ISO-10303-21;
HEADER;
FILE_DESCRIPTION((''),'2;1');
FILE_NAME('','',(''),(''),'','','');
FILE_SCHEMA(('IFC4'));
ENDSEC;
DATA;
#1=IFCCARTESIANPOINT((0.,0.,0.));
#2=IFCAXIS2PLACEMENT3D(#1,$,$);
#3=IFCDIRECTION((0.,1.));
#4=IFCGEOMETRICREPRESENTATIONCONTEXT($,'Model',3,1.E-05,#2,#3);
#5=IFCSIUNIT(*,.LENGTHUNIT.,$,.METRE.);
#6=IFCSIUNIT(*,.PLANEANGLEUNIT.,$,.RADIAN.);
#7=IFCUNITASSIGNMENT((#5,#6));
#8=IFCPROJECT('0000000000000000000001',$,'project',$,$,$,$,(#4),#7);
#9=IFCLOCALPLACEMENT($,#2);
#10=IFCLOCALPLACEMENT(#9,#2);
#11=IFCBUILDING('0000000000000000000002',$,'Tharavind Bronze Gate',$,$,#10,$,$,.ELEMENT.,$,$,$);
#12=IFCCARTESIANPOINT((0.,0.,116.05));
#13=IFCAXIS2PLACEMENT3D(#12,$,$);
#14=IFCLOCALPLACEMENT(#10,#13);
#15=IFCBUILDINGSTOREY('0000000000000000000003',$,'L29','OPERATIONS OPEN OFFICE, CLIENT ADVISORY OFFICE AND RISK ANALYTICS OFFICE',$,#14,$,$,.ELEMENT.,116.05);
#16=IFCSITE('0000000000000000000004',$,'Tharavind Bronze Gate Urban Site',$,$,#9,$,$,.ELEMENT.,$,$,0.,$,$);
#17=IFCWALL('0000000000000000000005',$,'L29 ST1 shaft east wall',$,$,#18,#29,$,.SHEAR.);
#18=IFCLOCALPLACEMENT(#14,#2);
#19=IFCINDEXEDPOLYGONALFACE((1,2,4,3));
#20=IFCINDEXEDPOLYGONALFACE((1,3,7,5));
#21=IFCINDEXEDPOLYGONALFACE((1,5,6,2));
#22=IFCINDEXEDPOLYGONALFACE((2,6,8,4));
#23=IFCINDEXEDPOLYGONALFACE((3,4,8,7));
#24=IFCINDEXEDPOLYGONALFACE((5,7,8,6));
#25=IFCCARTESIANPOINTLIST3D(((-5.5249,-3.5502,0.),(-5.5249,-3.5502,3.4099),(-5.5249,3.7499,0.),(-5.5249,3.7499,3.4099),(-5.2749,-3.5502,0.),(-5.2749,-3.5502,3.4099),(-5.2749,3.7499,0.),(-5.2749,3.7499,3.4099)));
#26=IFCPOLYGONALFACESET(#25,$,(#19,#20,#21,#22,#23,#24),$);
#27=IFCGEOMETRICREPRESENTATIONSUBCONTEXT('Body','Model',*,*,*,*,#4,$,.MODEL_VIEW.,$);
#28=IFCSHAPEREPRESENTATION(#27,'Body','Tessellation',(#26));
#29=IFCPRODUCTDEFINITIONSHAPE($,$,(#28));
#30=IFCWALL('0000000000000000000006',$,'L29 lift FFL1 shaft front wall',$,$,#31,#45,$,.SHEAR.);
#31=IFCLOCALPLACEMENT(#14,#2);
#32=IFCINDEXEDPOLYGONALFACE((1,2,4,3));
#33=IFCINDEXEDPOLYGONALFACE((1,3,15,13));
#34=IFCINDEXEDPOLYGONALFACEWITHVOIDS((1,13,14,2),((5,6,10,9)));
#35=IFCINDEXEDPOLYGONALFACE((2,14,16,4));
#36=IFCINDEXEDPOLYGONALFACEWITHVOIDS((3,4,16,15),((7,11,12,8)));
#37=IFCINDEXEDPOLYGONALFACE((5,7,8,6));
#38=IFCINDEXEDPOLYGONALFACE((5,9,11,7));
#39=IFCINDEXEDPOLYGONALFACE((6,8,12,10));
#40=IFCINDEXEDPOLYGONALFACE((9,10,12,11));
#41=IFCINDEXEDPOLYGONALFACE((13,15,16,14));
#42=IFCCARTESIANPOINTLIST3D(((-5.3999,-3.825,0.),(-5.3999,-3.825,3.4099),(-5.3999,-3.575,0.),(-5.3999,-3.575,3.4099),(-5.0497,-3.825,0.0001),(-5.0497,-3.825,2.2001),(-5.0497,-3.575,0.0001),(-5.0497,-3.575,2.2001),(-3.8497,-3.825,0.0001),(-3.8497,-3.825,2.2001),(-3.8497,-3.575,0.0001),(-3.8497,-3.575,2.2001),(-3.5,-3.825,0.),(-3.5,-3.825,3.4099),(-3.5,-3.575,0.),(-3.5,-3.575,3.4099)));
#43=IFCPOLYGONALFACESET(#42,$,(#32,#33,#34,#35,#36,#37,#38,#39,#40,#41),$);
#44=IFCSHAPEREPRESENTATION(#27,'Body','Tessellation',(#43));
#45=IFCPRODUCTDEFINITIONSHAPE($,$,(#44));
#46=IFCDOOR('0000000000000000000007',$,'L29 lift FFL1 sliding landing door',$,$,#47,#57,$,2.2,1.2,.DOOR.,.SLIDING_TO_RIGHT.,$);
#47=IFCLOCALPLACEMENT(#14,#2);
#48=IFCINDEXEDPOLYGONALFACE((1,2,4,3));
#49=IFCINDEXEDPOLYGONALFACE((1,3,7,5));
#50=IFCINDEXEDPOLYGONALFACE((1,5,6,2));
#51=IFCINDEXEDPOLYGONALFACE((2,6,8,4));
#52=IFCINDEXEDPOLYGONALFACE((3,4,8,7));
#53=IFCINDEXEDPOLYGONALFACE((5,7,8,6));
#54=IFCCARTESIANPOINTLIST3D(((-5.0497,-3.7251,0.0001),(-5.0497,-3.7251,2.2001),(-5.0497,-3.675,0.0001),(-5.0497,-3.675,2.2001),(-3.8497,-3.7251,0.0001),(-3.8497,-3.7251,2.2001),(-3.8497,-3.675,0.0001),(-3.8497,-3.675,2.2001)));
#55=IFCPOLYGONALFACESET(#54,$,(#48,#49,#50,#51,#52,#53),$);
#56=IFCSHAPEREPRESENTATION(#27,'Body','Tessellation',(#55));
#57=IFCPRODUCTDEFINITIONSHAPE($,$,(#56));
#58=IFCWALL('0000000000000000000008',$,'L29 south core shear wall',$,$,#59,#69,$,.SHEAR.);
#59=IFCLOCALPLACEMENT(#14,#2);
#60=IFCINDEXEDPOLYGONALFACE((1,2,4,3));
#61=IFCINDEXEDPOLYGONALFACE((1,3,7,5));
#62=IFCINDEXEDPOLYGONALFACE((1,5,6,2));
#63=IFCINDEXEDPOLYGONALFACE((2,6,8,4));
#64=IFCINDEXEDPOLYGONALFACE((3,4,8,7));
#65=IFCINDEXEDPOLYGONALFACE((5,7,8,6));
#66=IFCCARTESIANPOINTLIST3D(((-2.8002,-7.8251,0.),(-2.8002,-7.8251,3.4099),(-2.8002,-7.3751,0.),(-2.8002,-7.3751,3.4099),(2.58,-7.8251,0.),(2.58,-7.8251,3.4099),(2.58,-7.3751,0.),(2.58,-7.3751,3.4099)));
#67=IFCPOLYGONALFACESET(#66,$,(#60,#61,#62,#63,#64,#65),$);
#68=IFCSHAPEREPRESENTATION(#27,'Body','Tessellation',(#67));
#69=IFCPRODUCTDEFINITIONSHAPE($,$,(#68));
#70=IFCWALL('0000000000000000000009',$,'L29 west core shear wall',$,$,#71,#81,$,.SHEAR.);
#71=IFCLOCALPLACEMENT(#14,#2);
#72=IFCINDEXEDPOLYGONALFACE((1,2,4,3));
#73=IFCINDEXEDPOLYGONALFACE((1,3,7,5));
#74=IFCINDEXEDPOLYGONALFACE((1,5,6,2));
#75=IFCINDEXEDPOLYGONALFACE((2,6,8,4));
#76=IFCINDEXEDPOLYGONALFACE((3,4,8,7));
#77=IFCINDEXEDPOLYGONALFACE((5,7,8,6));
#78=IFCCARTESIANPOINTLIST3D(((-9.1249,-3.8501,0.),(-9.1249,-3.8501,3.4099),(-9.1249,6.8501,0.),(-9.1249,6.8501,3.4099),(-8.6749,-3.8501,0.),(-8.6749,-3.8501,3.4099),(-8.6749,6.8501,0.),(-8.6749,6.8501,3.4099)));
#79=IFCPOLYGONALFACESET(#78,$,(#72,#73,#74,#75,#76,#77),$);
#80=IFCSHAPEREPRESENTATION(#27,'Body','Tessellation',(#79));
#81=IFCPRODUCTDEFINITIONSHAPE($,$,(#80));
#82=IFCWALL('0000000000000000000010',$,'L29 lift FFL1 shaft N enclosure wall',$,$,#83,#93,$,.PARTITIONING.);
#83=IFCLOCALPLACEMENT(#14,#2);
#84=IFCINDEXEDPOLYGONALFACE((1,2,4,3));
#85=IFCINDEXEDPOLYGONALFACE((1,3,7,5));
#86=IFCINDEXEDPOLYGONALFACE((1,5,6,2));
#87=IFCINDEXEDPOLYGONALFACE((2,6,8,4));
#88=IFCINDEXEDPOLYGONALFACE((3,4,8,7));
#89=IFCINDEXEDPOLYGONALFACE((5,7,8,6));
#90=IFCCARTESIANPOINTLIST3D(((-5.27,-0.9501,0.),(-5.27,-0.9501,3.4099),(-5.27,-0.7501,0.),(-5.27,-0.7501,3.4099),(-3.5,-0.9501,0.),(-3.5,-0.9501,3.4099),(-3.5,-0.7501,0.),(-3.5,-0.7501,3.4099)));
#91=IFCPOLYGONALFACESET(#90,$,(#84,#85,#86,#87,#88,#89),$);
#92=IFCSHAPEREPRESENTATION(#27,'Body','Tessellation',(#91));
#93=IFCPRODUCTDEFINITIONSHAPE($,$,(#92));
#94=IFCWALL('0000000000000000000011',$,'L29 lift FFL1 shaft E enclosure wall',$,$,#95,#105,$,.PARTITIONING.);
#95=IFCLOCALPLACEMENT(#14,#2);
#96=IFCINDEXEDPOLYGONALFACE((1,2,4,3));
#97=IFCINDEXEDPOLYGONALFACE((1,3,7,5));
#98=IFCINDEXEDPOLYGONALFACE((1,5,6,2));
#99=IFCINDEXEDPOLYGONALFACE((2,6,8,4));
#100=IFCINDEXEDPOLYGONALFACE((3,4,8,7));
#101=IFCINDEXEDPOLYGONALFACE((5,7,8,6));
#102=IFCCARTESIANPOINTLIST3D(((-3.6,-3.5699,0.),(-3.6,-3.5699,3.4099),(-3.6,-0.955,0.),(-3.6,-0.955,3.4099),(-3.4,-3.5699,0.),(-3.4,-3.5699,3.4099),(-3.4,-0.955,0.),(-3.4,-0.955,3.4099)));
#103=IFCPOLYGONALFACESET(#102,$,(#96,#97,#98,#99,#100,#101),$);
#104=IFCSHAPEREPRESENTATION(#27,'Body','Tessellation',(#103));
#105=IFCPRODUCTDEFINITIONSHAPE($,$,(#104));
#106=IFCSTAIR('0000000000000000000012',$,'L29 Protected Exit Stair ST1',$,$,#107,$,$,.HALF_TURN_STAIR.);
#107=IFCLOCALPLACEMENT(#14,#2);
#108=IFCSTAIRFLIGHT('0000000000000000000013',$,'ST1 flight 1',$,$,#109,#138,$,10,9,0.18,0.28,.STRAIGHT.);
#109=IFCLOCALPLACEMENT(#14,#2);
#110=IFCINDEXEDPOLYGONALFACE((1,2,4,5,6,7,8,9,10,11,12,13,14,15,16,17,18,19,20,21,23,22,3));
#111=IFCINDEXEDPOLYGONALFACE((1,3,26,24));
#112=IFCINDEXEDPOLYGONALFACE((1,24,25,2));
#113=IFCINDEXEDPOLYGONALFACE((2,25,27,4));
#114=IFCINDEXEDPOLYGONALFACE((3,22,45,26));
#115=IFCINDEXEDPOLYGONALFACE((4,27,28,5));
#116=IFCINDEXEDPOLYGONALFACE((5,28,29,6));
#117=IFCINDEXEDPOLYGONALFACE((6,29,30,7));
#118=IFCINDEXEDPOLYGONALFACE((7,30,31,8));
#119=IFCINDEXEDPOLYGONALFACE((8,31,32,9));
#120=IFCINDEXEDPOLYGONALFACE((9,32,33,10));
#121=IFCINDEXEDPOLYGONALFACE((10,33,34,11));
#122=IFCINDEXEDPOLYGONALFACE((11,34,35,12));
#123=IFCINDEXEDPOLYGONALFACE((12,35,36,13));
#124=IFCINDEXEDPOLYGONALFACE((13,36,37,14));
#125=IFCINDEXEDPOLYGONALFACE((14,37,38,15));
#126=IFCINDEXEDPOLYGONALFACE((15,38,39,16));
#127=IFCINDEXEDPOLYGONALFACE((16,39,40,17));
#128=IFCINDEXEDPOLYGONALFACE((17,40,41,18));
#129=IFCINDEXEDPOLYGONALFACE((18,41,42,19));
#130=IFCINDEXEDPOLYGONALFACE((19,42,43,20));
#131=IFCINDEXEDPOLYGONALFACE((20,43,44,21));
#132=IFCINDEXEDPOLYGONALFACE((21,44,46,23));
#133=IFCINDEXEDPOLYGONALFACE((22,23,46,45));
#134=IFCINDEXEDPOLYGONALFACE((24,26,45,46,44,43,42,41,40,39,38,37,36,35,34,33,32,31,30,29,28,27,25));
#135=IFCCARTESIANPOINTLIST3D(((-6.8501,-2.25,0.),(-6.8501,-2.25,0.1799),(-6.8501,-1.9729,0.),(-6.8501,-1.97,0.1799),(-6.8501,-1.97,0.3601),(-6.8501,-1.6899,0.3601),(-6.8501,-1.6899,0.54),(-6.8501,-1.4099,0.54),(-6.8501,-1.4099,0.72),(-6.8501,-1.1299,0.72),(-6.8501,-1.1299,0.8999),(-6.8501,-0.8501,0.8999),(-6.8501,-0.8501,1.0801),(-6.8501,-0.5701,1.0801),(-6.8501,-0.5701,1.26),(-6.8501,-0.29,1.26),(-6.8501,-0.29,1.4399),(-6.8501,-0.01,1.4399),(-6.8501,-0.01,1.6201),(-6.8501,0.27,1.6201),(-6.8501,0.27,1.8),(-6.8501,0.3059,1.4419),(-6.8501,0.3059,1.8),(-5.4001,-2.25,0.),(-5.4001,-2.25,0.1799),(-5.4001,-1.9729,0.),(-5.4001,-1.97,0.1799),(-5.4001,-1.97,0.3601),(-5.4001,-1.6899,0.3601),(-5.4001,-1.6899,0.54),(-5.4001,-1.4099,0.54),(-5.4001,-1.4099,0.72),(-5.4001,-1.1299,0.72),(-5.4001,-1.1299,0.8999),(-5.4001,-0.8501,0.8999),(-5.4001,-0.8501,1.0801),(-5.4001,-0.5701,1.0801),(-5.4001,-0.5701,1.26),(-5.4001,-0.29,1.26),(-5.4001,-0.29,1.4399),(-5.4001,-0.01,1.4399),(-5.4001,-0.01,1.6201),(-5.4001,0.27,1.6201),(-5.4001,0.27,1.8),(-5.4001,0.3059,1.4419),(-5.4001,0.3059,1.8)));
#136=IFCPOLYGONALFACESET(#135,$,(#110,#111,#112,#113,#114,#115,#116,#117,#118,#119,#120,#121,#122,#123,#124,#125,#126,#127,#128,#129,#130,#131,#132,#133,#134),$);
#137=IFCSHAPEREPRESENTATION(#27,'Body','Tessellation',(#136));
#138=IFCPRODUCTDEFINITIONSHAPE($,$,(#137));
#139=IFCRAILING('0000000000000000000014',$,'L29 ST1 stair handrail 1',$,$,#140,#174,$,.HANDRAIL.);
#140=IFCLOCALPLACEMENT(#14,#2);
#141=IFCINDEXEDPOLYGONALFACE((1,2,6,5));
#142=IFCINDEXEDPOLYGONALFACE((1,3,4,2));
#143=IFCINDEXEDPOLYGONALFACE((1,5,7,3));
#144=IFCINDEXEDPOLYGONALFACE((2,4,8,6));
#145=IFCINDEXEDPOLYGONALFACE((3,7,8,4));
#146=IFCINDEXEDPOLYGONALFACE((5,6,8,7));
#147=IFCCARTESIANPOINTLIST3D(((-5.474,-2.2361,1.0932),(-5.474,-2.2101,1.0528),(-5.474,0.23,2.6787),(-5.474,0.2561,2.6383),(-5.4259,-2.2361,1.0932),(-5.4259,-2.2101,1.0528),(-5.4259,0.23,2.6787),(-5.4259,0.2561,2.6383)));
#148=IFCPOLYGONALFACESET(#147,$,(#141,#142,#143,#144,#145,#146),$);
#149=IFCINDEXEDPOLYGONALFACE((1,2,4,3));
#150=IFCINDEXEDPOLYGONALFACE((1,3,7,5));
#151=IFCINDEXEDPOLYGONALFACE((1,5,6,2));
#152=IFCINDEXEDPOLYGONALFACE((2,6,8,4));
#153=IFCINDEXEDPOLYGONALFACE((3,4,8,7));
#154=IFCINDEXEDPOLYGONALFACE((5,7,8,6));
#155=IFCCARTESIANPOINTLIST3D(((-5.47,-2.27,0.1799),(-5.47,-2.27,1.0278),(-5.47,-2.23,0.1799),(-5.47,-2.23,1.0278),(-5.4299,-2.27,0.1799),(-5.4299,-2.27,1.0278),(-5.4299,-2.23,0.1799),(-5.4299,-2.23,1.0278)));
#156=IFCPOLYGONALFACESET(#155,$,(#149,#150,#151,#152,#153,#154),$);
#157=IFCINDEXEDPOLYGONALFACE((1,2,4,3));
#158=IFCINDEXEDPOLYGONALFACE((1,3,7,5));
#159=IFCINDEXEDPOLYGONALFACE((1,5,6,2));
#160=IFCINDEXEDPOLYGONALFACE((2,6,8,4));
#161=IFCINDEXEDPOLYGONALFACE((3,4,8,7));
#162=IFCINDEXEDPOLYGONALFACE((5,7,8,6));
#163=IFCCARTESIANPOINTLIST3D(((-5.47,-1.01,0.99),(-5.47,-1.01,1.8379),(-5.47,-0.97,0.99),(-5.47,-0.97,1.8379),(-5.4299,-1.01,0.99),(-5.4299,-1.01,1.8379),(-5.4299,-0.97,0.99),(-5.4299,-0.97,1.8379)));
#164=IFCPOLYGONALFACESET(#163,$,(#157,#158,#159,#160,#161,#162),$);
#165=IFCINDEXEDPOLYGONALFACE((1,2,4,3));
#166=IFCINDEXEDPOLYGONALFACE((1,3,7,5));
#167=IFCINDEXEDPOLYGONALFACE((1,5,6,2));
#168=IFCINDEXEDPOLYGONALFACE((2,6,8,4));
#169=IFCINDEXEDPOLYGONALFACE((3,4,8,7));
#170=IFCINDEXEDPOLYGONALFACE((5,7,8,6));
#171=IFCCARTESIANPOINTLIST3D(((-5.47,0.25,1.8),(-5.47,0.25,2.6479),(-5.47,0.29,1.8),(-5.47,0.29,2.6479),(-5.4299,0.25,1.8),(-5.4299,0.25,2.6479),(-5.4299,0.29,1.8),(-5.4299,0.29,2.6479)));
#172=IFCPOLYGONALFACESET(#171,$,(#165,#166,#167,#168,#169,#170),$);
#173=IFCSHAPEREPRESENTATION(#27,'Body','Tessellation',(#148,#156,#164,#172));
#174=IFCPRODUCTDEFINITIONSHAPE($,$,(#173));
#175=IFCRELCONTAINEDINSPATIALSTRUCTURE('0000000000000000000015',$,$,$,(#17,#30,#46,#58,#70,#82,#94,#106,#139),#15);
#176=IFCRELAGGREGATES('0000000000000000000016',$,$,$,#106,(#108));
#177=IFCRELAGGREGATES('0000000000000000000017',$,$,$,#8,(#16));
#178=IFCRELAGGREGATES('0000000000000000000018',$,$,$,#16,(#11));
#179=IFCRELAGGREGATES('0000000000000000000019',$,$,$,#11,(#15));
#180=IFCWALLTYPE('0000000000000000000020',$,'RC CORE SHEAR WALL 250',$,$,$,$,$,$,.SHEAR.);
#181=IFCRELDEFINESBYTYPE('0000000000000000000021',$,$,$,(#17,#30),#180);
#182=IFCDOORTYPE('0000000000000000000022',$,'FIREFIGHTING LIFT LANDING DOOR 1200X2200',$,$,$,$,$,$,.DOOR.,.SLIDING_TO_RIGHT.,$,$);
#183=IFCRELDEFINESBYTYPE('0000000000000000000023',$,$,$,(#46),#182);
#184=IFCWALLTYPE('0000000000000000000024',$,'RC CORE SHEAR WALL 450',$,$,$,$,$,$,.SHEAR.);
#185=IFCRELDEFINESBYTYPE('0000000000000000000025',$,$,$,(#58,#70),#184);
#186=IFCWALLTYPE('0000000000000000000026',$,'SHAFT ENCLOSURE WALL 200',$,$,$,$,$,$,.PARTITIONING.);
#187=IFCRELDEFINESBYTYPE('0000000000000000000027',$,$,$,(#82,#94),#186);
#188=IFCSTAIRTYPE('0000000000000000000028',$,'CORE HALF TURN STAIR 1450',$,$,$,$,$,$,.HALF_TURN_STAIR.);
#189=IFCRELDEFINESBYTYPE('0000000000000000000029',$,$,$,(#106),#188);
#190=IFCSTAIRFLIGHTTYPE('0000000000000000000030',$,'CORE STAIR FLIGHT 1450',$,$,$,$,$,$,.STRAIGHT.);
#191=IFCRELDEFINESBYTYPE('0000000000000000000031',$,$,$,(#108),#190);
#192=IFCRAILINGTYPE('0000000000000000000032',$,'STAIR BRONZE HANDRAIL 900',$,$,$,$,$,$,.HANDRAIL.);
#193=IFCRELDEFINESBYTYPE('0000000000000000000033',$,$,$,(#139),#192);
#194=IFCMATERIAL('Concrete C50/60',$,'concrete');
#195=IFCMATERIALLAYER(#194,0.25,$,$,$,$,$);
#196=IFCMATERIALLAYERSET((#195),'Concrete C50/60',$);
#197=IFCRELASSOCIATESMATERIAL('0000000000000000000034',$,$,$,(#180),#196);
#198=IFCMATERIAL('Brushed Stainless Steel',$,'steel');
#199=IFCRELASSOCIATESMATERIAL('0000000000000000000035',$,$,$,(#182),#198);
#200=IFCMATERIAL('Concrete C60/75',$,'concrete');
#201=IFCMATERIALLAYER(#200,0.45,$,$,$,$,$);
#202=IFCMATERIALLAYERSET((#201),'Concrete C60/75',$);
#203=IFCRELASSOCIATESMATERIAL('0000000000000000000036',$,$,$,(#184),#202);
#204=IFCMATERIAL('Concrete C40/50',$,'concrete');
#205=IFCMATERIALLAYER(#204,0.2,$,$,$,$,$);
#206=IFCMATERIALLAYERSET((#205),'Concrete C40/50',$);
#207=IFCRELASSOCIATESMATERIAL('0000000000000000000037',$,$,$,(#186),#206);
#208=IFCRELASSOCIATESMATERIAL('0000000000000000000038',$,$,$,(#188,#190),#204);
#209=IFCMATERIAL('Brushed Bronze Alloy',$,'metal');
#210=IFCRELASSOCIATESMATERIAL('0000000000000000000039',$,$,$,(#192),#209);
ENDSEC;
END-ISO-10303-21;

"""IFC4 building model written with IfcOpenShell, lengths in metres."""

from ifc_helpers import new_model, si_unit, direction, frame, frame_2d, origin, origin_2d, place, context, subcontext, project, spatial, polyline, rectangle, outline, extrude, material, layer, layer_set, type_object, element, fill, aggregate, save


model = new_model("IFC4")

# Units and contexts
model_context = context("Model", 3, precision=1e-05, world=origin(), true_north=direction((0.0, 1.0)))
body_context = subcontext(model_context, "Body", "Model", "MODEL_VIEW")
ifc_project = project(units=[si_unit("LENGTHUNIT", "METRE"), si_unit("PLANEANGLEUNIT", "RADIAN")], contexts=[model_context])

# Site, building, storey
site_placement = place(None, origin())
site = spatial("IfcSite", under=ifc_project, at=site_placement, Name="Tharavind Bronze Gate Urban Site", CompositionType="ELEMENT", RefElevation=0.0)
building_placement = place(site_placement, origin())
building = spatial("IfcBuilding", under=site, at=building_placement, Name="Tharavind Bronze Gate", CompositionType="ELEMENT")
storey_placement = place(building_placement, frame((0.0, 0.0, 116.05)))
storey = spatial("IfcBuildingStorey", under=building, at=storey_placement, Name="L29", Description="OPERATIONS OPEN OFFICE, CLIENT ADVISORY OFFICE AND RISK ANALYTICS OFFICE", CompositionType="ELEMENT", Elevation=116.05)

# Shared definitions
ifc_material_1 = material(Name="Concrete C60/75", Category="concrete")

# Wall
ifc_material_2 = material(Name="Concrete C50/60", Category="concrete")
ifc_layer_1 = layer(ifc_material_2, 0.25)
ifc_layer_set_1 = layer_set([ifc_layer_1], Name="Concrete C50/60")
wall_type_1 = type_object("IfcWallType", Name="RC CORE SHEAR WALL 250", PredefinedType="SHEAR", material=ifc_layer_set_1)
wall_1_placement = place(storey_placement, frame((-5.3999, -3.55, 0.0), z_axis=(0.0, 0.0, 1.0), x_axis=(0.0, 1.0, 0.0)))
element("IfcWall", 1, at=wall_1_placement, inside=storey, type_object=wall_type_1, Name="L29 ST1 shaft east wall", PredefinedType="SHEAR", context=body_context, shape_type="SweptSolid", body=[
    extrude(rectangle(XDim=7.3, YDim=0.25, at=frame_2d((3.6499, 0.0))), origin(), (0.0, 0.0, 1.0), 3.4099),
])

# Wall, opening, door
wall_2_placement = place(storey_placement, frame((-5.3999, -3.7, 0.0), z_axis=(0.0, 0.0, 1.0), x_axis=(1.0, 0.0, 0.0)))
wall_2 = element("IfcWall", 2, at=wall_2_placement, inside=storey, type_object=wall_type_1, Name="L29 lift FFL1 shaft front wall", PredefinedType="SHEAR", context=body_context, shape_type="SweptSolid", body=[
    extrude(rectangle(XDim=1.8999, YDim=0.25, at=frame_2d((0.95, 0.0))), origin(), (0.0, 0.0, 1.0), 3.4099),
])
opening_1_placement = place(wall_2_placement, frame((0.3501, 0.0, 0.0)))
opening_1 = element("IfcOpeningElement", 3, at=opening_1_placement, cuts=wall_2, PredefinedType="OPENING", context=body_context, shape_type="SweptSolid", body=[
    extrude(rectangle(XDim=1.2, YDim=2.2, at=frame_2d((0.6001, 1.1001))), frame((0.0, 0.135, 0.0), z_axis=(0.0, -1.0, 0.0), x_axis=(1.0, 0.0, 0.0)), (0.0, 0.0, 1.0), 0.27),
])
ifc_material_3 = material(Name="Brushed Stainless Steel", Category="steel")
door_type_1 = type_object("IfcDoorType", Name="FIREFIGHTING LIFT LANDING DOOR 1200X2200", OperationType="SLIDING_TO_RIGHT", PredefinedType="DOOR", material=ifc_material_3)
door_1_placement = place(opening_1_placement, origin())
door_1 = element("IfcDoor", 4, at=door_1_placement, inside=storey, type_object=door_type_1, Name="L29 lift FFL1 sliding landing door", OperationType="SLIDING_TO_RIGHT", OverallHeight=2.2, OverallWidth=1.2, PredefinedType="DOOR", context=body_context, shape_type="SweptSolid", body=[
    extrude(rectangle(XDim=1.2, YDim=2.2, at=frame_2d((0.6001, 1.1001))), frame((0.0, 0.0249, 0.0), z_axis=(0.0, -1.0, 0.0), x_axis=(1.0, 0.0, 0.0)), (0.0, 0.0, 1.0), 0.05),
])
fill(opening_1, door_1)

# Walls
ifc_layer_2 = layer(ifc_material_1, 0.45)
ifc_layer_set_2 = layer_set([ifc_layer_2], Name="Concrete C60/75")
wall_type_2 = type_object("IfcWallType", Name="RC CORE SHEAR WALL 450", PredefinedType="SHEAR", material=ifc_layer_set_2)
wall_3_placement = place(storey_placement, frame((-2.8, -7.6001, 0.0), z_axis=(0.0, 0.0, 1.0), x_axis=(1.0, 0.0, 0.0)))
element("IfcWall", 5, at=wall_3_placement, inside=storey, type_object=wall_type_2, Name="L29 south core shear wall", PredefinedType="SHEAR", context=body_context, shape_type="SweptSolid", body=[
    extrude(rectangle(XDim=5.3801, YDim=0.45, at=frame_2d((2.6899, 0.0))), origin(), (0.0, 0.0, 1.0), 3.4099),
])
wall_4_placement = place(storey_placement, frame((-8.8999, -3.8501, 0.0), z_axis=(0.0, 0.0, 1.0), x_axis=(0.0, 1.0, 0.0)))
element("IfcWall", 6, at=wall_4_placement, inside=storey, type_object=wall_type_2, Name="L29 west core shear wall", PredefinedType="SHEAR", context=body_context, shape_type="SweptSolid", body=[
    extrude(rectangle(XDim=10.7002, YDim=0.45, at=frame_2d((5.3501, 0.0))), origin(), (0.0, 0.0, 1.0), 3.4099),
])
ifc_material_4 = material(Name="Concrete C40/50", Category="concrete")
ifc_layer_3 = layer(ifc_material_4, 0.2)
ifc_layer_set_3 = layer_set([ifc_layer_3], Name="Concrete C40/50")
wall_type_3 = type_object("IfcWallType", Name="SHAFT ENCLOSURE WALL 200", PredefinedType="PARTITIONING", material=ifc_layer_set_3)
wall_5_placement = place(storey_placement, frame((-5.27, -0.8501, 0.0), z_axis=(0.0, 0.0, 1.0), x_axis=(1.0, 0.0, 0.0)))
element("IfcWall", 7, at=wall_5_placement, inside=storey, type_object=wall_type_3, Name="L29 lift FFL1 shaft N enclosure wall", PredefinedType="PARTITIONING", context=body_context, shape_type="SweptSolid", body=[
    extrude(rectangle(XDim=1.77, YDim=0.2, at=frame_2d((0.885, 0.0))), origin(), (0.0, 0.0, 1.0), 3.4099),
])
wall_6_placement = place(storey_placement, frame((-3.5, -3.5701, 0.0), z_axis=(0.0, 0.0, 1.0), x_axis=(0.0, 1.0, 0.0)))
element("IfcWall", 8, at=wall_6_placement, inside=storey, type_object=wall_type_3, Name="L29 lift FFL1 shaft E enclosure wall", PredefinedType="PARTITIONING", context=body_context, shape_type="SweptSolid", body=[
    extrude(rectangle(XDim=2.615, YDim=0.2, at=frame_2d((1.3076, 0.0))), origin(), (0.0, 0.0, 1.0), 3.4099),
])

# Stair, stair flight
stair_type = type_object("IfcStairType", Name="CORE HALF TURN STAIR 1450", PredefinedType="HALF_TURN_STAIR", material=ifc_material_4)
stair_placement = place(storey_placement, origin())
stair = element("IfcStair", 9, at=stair_placement, inside=storey, type_object=stair_type, Name="L29 Protected Exit Stair ST1", PredefinedType="HALF_TURN_STAIR")
stair_flight_type = type_object("IfcStairFlightType", Name="CORE STAIR FLIGHT 1450", PredefinedType="STRAIGHT", material=ifc_material_4)
stair_flight_placement = place(storey_placement, frame((-6.125, -2.25, 0.0), z_axis=(0.0, 0.0, 1.0), x_axis=(0.0, 1.0, 0.0)))
stair_flight = element("IfcStairFlight", 10, at=stair_flight_placement, type_object=stair_flight_type, Name="ST1 flight 1", NumberOfRisers=10, NumberOfTreads=9, PredefinedType="STRAIGHT", RiserHeight=0.18, TreadLength=0.28, context=body_context, shape_type="SweptSolid", body=[
    extrude(outline(polyline([(0.0, 0.0), (0.0, 0.1799), (0.28, 0.1799), (0.28, 0.3601), (0.5601, 0.3601), (0.5601, 0.54), (0.8401, 0.54), (0.8401, 0.72), (1.1201, 0.72), (1.1201, 0.8999), (1.3999, 0.8999), (1.3999, 1.0801), (1.6799, 1.0801), (1.6799, 1.26), (1.96, 1.26), (1.96, 1.4399), (2.24, 1.4399), (2.24, 1.6201), (2.52, 1.6201), (2.52, 1.8), (2.5559, 1.8), (2.5559, 1.4419), (0.2771, 0.0), (0.0, 0.0)])), frame((0.0, 0.7251, 0.0), z_axis=(0.0, -1.0, 0.0), x_axis=(1.0, 0.0, 0.0)), (0.0, 0.0, 1.0), 1.45),
])
aggregate(stair, [stair_flight])

# Railing
ifc_material_5 = material(Name="Brushed Bronze Alloy", Category="metal")
railing_type_1 = type_object("IfcRailingType", Name="STAIR BRONZE HANDRAIL 900", PredefinedType="HANDRAIL", material=ifc_material_5)
railing_1_placement = place(storey_placement, frame((-5.45, -2.25, 0.1799)))
element("IfcRailing", 11, at=railing_1_placement, inside=storey, type_object=railing_type_1, Name="L29 ST1 stair handrail 1", PredefinedType="HANDRAIL", context=body_context, shape_type="SweptSolid", body=[
    extrude(rectangle(XDim=0.0481, YDim=0.0481, at=origin_2d()), frame((0.0, 0.0269, 0.8931), z_axis=(0.0, 0.841163, 0.540782), x_axis=(-1.0, 0.0, 0.0)), (0.0, 0.0, 1.0), 2.9319),
    extrude(rectangle(XDim=0.04, YDim=0.04, at=origin_2d()), origin(), (0.0, 0.0, 1.0), 0.8479),
    extrude(rectangle(XDim=0.04, YDim=0.04, at=origin_2d()), frame((0.0, 1.26, 0.8101)), (0.0, 0.0, 1.0), 0.8479),
    extrude(rectangle(XDim=0.04, YDim=0.04, at=origin_2d()), frame((0.0, 2.52, 1.6201)), (0.0, 0.0, 1.0), 0.8479),
])

save(model, "model.ifc")
